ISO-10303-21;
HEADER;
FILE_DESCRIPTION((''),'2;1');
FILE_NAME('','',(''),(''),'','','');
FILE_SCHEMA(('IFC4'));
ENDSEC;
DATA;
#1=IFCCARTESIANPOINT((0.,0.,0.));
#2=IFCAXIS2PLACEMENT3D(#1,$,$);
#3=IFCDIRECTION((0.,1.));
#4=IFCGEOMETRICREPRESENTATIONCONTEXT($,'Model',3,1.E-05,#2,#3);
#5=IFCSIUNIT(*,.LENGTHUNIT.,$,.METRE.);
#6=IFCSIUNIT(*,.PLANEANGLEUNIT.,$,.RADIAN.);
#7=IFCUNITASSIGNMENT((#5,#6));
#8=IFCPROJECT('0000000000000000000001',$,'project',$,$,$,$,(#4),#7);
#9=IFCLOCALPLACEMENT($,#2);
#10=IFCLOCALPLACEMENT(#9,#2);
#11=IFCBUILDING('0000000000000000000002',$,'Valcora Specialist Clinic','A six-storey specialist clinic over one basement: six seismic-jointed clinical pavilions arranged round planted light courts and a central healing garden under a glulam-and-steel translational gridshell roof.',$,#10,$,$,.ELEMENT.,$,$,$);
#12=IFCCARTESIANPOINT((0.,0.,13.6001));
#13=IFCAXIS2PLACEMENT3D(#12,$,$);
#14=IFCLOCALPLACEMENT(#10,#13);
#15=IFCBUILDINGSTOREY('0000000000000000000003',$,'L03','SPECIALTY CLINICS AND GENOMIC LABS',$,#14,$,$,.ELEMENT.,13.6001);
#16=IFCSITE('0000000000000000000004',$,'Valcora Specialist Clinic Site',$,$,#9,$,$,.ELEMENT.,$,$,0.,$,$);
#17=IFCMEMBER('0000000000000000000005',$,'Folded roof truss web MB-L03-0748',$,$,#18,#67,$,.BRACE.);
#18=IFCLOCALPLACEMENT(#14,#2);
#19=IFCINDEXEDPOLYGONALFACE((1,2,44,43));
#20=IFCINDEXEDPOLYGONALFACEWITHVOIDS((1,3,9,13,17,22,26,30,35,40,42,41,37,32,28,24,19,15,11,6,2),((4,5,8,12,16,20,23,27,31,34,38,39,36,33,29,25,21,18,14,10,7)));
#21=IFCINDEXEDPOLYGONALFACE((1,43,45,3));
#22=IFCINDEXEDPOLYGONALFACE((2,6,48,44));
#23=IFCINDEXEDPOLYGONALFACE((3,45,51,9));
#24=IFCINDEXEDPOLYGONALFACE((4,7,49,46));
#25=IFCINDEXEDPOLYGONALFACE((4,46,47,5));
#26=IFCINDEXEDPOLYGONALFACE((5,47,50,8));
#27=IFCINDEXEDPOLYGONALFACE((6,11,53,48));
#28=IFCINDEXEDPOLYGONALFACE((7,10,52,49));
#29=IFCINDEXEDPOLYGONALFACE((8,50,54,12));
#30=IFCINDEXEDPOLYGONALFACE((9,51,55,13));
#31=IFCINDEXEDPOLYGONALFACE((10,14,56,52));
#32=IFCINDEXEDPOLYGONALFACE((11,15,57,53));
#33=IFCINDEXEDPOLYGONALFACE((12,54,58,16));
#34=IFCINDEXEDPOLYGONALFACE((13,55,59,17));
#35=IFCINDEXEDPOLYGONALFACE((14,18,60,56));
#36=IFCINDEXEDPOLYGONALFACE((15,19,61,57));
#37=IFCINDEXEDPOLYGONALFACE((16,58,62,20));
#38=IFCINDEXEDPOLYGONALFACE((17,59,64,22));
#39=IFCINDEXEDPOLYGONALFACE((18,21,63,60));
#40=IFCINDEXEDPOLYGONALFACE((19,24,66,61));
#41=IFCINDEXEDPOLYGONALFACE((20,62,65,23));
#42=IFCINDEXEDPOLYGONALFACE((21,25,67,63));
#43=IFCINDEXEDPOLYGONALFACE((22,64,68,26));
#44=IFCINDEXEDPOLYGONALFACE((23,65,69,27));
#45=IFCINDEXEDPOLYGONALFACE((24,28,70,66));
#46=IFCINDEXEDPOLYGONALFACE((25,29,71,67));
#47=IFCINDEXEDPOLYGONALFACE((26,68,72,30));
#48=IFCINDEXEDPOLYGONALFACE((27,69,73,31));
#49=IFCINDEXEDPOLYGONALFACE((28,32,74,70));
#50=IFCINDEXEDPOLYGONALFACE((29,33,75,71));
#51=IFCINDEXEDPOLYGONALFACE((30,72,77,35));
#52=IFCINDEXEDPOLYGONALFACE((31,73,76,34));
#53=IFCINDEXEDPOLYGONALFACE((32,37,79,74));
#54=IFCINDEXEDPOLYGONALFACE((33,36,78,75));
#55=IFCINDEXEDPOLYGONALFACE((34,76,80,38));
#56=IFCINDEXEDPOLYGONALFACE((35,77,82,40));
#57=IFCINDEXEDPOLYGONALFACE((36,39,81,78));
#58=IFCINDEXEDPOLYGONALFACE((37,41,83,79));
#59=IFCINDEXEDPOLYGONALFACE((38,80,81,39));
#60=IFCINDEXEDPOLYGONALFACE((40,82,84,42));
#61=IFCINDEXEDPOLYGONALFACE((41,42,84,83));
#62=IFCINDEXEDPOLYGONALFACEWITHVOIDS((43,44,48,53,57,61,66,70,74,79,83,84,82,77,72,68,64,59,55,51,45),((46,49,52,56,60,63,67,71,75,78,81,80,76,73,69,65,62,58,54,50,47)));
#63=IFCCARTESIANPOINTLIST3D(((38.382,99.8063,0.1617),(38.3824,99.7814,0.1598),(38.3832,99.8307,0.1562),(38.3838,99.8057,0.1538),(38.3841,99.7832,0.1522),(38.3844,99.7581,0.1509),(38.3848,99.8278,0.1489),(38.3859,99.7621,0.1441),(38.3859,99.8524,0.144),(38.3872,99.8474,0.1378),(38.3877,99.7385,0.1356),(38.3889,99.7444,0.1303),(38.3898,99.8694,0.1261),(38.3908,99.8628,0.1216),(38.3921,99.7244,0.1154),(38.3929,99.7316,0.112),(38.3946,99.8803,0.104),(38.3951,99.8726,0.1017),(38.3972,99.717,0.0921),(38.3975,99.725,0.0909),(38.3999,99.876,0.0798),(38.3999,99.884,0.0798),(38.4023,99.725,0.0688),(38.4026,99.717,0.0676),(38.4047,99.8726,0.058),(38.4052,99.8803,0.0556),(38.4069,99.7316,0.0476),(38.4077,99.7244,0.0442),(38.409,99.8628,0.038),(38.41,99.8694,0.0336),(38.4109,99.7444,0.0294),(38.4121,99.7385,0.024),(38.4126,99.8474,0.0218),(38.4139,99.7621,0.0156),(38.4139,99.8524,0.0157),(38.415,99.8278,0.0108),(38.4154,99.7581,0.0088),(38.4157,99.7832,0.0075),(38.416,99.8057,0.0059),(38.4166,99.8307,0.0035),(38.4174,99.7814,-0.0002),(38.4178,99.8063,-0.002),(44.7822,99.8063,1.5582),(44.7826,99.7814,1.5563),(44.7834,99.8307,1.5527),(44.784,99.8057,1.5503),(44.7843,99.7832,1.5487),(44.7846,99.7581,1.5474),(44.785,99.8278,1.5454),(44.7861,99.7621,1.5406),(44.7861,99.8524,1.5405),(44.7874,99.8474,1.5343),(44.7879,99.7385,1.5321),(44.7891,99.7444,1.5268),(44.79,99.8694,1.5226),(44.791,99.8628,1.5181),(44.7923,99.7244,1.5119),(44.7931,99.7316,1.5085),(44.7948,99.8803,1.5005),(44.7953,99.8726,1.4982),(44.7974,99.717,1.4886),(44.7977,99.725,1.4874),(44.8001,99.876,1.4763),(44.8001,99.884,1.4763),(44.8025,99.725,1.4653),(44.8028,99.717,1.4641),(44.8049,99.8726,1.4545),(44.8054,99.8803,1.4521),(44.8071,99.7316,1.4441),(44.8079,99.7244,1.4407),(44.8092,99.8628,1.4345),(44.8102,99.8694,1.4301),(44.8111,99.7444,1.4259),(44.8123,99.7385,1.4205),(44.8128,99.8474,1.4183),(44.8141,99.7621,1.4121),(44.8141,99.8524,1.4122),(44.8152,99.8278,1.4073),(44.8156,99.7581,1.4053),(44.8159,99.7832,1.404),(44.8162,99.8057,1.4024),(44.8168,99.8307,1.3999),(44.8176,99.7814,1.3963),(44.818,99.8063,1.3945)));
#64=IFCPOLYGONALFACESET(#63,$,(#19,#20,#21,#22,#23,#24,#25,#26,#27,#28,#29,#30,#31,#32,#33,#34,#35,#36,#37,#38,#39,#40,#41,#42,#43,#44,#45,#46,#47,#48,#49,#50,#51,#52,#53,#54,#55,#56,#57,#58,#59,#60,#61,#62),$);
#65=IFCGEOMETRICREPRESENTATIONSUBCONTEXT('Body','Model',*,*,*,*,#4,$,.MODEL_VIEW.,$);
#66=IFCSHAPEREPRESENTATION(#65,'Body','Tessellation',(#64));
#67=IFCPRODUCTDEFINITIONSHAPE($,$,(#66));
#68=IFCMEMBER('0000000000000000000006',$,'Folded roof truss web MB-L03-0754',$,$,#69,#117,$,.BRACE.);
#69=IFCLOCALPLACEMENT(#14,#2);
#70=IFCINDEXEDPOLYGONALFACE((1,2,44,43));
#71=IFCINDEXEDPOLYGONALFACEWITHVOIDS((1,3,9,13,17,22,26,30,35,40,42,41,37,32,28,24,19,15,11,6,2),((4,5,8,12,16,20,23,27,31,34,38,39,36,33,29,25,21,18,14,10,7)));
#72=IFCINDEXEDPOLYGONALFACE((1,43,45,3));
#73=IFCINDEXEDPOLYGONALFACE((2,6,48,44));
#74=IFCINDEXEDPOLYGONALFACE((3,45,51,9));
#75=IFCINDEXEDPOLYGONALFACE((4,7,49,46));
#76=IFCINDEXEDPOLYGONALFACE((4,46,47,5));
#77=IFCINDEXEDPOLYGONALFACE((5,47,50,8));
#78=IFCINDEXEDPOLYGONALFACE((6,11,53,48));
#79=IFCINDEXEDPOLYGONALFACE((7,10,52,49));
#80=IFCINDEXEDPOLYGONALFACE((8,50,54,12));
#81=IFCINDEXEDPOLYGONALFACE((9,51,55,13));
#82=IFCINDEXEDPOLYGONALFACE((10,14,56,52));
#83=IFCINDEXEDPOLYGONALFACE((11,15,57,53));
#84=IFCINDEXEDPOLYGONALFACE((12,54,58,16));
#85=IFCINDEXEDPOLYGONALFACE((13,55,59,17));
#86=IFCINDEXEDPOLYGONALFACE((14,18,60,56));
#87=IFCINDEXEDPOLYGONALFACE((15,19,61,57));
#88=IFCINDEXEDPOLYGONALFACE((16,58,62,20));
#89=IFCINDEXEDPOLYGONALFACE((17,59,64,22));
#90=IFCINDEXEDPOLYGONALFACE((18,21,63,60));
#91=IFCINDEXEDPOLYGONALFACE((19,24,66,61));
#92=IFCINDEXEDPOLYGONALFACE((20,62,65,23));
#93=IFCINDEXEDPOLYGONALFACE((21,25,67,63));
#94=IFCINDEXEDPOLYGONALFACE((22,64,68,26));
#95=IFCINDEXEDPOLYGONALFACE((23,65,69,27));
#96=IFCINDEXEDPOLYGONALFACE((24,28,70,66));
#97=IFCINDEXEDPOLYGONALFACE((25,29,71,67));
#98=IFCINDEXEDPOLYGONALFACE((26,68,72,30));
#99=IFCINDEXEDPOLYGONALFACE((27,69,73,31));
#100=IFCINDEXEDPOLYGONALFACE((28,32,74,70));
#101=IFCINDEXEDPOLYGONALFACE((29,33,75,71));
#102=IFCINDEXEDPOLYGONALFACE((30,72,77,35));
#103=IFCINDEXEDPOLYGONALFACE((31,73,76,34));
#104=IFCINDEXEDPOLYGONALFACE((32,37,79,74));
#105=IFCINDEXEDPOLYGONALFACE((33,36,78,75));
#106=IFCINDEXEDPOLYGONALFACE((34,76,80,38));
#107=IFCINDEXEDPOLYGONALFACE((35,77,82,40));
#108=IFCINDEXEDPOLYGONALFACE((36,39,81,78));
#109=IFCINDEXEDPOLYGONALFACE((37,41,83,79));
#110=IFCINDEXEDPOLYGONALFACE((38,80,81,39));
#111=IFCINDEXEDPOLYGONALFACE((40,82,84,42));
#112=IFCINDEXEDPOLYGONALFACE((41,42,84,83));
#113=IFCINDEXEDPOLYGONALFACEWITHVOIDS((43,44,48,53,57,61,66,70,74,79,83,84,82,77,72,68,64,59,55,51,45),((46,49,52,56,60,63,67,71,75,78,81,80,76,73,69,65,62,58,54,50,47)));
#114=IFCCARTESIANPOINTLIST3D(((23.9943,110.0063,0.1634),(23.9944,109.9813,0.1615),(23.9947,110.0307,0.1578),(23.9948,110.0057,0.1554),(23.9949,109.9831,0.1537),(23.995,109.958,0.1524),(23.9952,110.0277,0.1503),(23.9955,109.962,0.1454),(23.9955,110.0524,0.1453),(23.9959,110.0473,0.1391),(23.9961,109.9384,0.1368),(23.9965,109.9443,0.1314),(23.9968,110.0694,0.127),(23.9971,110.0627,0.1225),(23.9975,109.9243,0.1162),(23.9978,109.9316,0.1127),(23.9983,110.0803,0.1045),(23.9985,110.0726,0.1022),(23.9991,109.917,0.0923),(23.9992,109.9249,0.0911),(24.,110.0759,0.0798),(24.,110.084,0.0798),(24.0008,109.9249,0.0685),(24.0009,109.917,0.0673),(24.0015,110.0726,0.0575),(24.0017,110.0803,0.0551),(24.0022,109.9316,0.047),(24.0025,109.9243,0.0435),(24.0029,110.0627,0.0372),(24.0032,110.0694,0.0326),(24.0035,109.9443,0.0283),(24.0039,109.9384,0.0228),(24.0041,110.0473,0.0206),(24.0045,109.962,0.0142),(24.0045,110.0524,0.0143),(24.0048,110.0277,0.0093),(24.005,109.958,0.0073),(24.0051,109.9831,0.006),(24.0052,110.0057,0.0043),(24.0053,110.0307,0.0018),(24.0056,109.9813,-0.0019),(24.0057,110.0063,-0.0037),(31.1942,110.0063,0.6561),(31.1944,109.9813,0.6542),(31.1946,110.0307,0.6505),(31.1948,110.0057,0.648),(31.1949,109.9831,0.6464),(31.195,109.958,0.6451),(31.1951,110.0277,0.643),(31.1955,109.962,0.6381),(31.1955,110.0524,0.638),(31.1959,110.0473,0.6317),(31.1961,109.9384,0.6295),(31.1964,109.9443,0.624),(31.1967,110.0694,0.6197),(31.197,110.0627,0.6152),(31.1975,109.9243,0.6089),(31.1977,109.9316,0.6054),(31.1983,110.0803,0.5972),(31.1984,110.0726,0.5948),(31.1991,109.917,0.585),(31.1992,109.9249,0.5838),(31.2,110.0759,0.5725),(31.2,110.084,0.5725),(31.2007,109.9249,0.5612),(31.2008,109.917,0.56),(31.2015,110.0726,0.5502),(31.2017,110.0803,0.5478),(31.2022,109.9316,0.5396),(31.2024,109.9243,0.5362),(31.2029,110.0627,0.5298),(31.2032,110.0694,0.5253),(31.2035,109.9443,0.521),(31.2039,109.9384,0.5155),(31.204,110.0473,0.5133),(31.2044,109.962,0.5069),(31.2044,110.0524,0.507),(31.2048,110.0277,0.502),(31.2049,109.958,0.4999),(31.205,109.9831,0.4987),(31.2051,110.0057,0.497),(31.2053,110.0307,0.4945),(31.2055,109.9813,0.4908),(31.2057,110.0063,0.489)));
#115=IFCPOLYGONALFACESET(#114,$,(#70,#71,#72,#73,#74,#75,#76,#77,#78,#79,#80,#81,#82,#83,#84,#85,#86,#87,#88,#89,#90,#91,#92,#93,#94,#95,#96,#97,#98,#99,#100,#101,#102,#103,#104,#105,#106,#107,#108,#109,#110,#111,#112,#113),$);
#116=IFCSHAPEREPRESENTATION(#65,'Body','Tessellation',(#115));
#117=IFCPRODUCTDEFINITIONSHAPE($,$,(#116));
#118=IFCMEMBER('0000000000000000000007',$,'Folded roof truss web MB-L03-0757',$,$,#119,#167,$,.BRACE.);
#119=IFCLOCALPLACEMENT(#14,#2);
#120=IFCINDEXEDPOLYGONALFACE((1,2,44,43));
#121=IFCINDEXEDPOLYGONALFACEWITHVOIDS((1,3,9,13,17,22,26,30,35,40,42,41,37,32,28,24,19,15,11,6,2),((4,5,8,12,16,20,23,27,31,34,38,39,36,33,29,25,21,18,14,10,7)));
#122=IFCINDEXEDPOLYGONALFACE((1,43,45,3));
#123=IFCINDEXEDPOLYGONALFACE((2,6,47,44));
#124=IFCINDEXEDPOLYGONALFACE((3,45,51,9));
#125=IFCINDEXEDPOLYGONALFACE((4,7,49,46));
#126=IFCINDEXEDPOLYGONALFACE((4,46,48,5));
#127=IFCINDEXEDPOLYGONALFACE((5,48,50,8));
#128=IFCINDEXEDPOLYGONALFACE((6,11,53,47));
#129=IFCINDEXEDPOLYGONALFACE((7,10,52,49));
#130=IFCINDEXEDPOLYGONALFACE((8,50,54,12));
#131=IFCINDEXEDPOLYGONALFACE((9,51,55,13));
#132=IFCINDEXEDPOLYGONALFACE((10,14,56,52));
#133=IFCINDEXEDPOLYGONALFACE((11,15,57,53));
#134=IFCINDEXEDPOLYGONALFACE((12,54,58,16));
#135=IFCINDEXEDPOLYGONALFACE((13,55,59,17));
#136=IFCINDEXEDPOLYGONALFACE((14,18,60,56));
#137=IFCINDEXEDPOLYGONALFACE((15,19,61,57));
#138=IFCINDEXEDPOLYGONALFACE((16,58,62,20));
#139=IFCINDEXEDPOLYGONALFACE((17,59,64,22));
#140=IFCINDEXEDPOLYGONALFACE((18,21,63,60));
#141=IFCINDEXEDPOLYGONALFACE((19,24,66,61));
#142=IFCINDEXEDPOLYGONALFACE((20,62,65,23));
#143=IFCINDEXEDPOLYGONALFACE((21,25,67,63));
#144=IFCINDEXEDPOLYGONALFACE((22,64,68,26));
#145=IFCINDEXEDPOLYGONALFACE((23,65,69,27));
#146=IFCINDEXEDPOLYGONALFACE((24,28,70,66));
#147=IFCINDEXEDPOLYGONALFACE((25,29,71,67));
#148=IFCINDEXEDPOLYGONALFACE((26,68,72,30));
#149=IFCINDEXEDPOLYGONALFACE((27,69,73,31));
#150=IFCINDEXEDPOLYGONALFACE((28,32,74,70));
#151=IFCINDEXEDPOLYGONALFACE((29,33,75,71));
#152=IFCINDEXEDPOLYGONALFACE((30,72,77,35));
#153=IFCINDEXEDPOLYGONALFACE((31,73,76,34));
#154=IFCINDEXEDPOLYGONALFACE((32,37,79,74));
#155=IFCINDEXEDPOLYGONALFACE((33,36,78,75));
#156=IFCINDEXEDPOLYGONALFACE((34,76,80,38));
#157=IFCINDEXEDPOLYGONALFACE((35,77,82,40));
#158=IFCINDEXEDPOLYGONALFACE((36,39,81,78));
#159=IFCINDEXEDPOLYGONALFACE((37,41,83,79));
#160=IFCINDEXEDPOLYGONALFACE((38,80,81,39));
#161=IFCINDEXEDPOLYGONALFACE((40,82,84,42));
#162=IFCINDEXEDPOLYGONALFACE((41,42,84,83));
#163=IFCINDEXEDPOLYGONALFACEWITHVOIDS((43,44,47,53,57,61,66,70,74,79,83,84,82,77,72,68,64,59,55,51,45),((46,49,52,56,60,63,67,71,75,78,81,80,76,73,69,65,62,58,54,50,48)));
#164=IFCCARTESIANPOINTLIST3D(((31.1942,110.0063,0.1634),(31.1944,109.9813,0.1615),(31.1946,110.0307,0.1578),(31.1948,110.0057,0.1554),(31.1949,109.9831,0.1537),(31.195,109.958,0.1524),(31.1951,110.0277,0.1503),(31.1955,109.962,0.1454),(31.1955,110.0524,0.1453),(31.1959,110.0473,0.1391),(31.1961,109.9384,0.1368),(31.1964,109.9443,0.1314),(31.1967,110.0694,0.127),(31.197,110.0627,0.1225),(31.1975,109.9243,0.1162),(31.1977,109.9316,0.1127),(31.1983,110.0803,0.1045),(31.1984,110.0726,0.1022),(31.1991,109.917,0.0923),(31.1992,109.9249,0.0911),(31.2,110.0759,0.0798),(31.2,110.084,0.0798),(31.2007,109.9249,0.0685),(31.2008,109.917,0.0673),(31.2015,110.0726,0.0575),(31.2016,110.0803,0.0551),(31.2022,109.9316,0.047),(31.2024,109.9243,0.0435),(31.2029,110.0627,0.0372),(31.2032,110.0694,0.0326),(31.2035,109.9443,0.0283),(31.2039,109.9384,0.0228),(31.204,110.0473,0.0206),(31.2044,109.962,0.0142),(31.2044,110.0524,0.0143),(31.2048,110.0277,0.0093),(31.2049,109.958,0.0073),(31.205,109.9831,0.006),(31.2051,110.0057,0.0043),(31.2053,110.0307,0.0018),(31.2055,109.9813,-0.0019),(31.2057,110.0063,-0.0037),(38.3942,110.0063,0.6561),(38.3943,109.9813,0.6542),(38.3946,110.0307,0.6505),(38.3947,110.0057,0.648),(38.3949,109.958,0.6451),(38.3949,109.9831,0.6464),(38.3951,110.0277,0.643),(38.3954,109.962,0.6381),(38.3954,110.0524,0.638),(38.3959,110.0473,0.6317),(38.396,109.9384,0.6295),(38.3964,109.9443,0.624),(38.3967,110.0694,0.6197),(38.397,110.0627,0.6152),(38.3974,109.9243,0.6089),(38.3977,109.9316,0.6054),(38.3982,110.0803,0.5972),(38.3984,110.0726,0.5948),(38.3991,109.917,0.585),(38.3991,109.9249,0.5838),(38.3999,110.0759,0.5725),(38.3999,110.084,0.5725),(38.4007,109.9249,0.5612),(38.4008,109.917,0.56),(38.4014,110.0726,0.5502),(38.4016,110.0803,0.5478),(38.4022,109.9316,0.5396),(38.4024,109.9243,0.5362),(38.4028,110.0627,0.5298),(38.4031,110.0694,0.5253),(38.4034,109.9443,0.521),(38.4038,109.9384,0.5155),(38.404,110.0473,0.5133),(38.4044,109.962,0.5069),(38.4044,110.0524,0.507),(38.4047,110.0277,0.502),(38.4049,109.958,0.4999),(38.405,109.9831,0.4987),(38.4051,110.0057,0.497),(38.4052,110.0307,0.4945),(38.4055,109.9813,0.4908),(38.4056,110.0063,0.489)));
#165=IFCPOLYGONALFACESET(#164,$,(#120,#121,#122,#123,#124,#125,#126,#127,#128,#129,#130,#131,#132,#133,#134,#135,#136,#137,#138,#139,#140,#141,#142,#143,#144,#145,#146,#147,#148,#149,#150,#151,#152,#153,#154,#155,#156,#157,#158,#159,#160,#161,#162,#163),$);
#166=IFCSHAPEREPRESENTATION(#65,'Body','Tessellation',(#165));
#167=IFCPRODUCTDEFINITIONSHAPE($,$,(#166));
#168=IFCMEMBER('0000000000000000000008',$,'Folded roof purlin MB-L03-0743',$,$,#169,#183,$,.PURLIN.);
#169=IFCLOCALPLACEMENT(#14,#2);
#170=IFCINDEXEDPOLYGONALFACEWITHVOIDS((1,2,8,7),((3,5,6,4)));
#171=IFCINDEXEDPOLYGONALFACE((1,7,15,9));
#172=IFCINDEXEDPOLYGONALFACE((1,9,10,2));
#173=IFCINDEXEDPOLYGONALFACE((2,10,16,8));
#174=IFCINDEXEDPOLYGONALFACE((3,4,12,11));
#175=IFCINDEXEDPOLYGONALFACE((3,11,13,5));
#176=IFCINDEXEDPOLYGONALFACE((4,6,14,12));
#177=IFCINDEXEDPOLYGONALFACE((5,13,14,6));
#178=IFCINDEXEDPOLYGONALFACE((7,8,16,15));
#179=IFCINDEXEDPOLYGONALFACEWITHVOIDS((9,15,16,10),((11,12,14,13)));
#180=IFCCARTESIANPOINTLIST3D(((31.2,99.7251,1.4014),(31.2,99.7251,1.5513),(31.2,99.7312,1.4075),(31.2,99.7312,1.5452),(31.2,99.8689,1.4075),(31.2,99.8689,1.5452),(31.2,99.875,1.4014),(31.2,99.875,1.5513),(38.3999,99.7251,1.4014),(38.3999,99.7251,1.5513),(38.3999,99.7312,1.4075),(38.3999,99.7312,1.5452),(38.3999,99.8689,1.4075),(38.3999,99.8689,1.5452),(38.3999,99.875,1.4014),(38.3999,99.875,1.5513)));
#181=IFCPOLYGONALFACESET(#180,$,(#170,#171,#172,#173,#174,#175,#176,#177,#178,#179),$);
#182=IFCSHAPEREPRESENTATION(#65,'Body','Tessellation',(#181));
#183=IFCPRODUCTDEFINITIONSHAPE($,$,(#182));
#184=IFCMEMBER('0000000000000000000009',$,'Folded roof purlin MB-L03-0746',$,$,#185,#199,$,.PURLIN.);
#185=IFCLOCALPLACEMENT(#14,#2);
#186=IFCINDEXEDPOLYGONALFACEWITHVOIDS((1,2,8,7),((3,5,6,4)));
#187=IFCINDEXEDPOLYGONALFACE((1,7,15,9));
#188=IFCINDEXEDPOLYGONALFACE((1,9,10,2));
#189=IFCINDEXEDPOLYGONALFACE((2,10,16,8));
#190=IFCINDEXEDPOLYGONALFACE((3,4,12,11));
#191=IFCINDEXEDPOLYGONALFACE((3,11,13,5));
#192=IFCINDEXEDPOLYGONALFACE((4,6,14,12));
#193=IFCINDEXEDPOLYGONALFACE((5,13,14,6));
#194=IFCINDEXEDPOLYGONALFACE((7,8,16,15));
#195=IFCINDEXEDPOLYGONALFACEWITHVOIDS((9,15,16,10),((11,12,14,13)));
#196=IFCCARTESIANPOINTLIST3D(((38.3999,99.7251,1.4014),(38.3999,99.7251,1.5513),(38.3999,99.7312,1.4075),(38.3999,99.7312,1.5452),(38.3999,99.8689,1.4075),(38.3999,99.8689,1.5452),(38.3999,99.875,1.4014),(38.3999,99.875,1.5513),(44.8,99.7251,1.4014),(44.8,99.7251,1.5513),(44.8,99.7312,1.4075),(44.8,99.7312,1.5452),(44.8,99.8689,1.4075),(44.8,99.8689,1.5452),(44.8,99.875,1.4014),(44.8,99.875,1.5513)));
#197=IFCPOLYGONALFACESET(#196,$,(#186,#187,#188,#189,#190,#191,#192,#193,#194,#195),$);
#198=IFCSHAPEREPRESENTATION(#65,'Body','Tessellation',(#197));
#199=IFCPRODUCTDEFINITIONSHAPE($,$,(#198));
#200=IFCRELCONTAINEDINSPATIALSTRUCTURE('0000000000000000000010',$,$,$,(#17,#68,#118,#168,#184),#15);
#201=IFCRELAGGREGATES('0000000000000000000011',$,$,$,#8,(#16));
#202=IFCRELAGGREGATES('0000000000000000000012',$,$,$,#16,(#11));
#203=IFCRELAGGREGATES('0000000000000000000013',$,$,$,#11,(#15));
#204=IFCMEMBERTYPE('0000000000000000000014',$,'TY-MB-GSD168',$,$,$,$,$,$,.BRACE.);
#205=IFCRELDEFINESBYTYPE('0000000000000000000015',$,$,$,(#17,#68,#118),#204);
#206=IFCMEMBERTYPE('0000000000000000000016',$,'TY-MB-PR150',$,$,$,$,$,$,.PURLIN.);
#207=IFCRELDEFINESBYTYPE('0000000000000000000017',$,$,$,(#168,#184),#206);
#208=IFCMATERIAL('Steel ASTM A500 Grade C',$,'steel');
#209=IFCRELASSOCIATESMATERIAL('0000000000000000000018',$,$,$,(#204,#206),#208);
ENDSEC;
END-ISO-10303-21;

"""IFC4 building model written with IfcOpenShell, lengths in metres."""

from ifc_helpers import new_model, si_unit, direction, frame, origin, origin_2d, place, context, subcontext, project, spatial, hollow_rectangle, hollow_circle, extrude, material, material_profile, profile_set, type_object, element, save


model = new_model("IFC4")

# Units and contexts
model_context = context("Model", 3, precision=1e-05, world=origin(), true_north=direction((0.0, 1.0)))
body_context = subcontext(model_context, "Body", "Model", "MODEL_VIEW")
ifc_project = project(units=[si_unit("LENGTHUNIT", "METRE"), si_unit("PLANEANGLEUNIT", "RADIAN")], contexts=[model_context])

# Site, building, storey
site_placement = place(None, origin())
site = spatial("IfcSite", under=ifc_project, at=site_placement, Name="Valcora Specialist Clinic Site", CompositionType="ELEMENT", RefElevation=0.0)
building_placement = place(site_placement, origin())
building = spatial("IfcBuilding", under=site, at=building_placement, Name="Valcora Specialist Clinic", Description="A six-storey specialist clinic over one basement: six seismic-jointed clinical pavilions arranged round planted light courts and a central healing garden under a glulam-and-steel translational gridshell roof.", CompositionType="ELEMENT")
storey_placement = place(building_placement, frame((0.0, 0.0, 13.6001)))
storey = spatial("IfcBuildingStorey", under=building, at=storey_placement, Name="L03", Description="SPECIALTY CLINICS AND GENOMIC LABS", CompositionType="ELEMENT", Elevation=13.6001)

# Shared definitions
ifc_material_1 = material(Name="Steel ASTM A500 Grade C", Category="steel")

# Members
ifc_material_profile_1 = material_profile(ifc_material_1, hollow_circle(Radius=0.084, WallThickness=0.0081, at=origin_2d()), Name="ST-CHS-168X8")
ifc_profile_set_1 = profile_set([ifc_material_profile_1], Name="Steel ASTM A500 Grade C")
member_type_1 = type_object("IfcMemberType", Name="TY-MB-GSD168", PredefinedType="BRACE", material=ifc_profile_set_1)
member_1_placement = place(storey_placement, frame((38.3999, 99.8, 0.0798), z_axis=(0.977013, 0.0, 0.21318), x_axis=(0.0, 1.0, 0.0)))
element("IfcMember", 1, at=member_1_placement, inside=storey, type_object=member_type_1, Name="Folded roof truss web MB-L03-0748", PredefinedType="BRACE", context=body_context, shape_type="SweptSolid", body=[
    extrude(hollow_circle(Radius=0.084, WallThickness=0.0081, at=origin_2d()), origin(), (0.0, 0.0, 1.0), 6.5508),
])
for number, where, z_axis, x_axis, name in (
    (2, (24.0, 110.0, 0.0798), (0.997667, 0.0, 0.068268), (0.0, 1.0, 0.0), "Folded roof truss web MB-L03-0754"),
    (3, (31.2, 110.0, 0.0798), (0.997667, 0.0, 0.068268), (0.0, 1.0, 0.0), "Folded roof truss web MB-L03-0757"),
):
    element("IfcMember", number, at=place(storey_placement, frame(where, z_axis=z_axis, x_axis=x_axis)), inside=storey, type_object=member_type_1, Name=name, PredefinedType="BRACE", context=body_context, shape_type="SweptSolid", body=[
        extrude(hollow_circle(Radius=0.084, WallThickness=0.0081, at=origin_2d()), origin(), (0.0, 0.0, 1.0), 7.2168),
    ])
ifc_material_profile_2 = material_profile(ifc_material_1, hollow_rectangle(XDim=0.1499, YDim=0.1499, WallThickness=0.0061, at=origin_2d()), Name="ST-RHS-150X150X6")
ifc_profile_set_2 = profile_set([ifc_material_profile_2], Name="Steel ASTM A500 Grade C")
member_type_2 = type_object("IfcMemberType", Name="TY-MB-PR150", PredefinedType="PURLIN", material=ifc_profile_set_2)
member_2_placement = place(storey_placement, frame((31.2, 99.8, 1.4763), z_axis=(1.0, 0.0, 0.0), x_axis=(0.0, 1.0, 0.0)))
element("IfcMember", 4, at=member_2_placement, inside=storey, type_object=member_type_2, Name="Folded roof purlin MB-L03-0743", PredefinedType="PURLIN", context=body_context, shape_type="SweptSolid", body=[
    extrude(hollow_rectangle(XDim=0.1499, YDim=0.1499, WallThickness=0.0061, at=origin_2d()), origin(), (0.0, 0.0, 1.0), 7.2),
])
member_3_placement = place(storey_placement, frame((38.3999, 99.8, 1.4763), z_axis=(1.0, 0.0, 0.0), x_axis=(0.0, 1.0, 0.0)))
element("IfcMember", 5, at=member_3_placement, inside=storey, type_object=member_type_2, Name="Folded roof purlin MB-L03-0746", PredefinedType="PURLIN", context=body_context, shape_type="SweptSolid", body=[
    extrude(hollow_rectangle(XDim=0.1499, YDim=0.1499, WallThickness=0.0061, at=origin_2d()), origin(), (0.0, 0.0, 1.0), 6.4001),
])

save(model, "model.ifc")
